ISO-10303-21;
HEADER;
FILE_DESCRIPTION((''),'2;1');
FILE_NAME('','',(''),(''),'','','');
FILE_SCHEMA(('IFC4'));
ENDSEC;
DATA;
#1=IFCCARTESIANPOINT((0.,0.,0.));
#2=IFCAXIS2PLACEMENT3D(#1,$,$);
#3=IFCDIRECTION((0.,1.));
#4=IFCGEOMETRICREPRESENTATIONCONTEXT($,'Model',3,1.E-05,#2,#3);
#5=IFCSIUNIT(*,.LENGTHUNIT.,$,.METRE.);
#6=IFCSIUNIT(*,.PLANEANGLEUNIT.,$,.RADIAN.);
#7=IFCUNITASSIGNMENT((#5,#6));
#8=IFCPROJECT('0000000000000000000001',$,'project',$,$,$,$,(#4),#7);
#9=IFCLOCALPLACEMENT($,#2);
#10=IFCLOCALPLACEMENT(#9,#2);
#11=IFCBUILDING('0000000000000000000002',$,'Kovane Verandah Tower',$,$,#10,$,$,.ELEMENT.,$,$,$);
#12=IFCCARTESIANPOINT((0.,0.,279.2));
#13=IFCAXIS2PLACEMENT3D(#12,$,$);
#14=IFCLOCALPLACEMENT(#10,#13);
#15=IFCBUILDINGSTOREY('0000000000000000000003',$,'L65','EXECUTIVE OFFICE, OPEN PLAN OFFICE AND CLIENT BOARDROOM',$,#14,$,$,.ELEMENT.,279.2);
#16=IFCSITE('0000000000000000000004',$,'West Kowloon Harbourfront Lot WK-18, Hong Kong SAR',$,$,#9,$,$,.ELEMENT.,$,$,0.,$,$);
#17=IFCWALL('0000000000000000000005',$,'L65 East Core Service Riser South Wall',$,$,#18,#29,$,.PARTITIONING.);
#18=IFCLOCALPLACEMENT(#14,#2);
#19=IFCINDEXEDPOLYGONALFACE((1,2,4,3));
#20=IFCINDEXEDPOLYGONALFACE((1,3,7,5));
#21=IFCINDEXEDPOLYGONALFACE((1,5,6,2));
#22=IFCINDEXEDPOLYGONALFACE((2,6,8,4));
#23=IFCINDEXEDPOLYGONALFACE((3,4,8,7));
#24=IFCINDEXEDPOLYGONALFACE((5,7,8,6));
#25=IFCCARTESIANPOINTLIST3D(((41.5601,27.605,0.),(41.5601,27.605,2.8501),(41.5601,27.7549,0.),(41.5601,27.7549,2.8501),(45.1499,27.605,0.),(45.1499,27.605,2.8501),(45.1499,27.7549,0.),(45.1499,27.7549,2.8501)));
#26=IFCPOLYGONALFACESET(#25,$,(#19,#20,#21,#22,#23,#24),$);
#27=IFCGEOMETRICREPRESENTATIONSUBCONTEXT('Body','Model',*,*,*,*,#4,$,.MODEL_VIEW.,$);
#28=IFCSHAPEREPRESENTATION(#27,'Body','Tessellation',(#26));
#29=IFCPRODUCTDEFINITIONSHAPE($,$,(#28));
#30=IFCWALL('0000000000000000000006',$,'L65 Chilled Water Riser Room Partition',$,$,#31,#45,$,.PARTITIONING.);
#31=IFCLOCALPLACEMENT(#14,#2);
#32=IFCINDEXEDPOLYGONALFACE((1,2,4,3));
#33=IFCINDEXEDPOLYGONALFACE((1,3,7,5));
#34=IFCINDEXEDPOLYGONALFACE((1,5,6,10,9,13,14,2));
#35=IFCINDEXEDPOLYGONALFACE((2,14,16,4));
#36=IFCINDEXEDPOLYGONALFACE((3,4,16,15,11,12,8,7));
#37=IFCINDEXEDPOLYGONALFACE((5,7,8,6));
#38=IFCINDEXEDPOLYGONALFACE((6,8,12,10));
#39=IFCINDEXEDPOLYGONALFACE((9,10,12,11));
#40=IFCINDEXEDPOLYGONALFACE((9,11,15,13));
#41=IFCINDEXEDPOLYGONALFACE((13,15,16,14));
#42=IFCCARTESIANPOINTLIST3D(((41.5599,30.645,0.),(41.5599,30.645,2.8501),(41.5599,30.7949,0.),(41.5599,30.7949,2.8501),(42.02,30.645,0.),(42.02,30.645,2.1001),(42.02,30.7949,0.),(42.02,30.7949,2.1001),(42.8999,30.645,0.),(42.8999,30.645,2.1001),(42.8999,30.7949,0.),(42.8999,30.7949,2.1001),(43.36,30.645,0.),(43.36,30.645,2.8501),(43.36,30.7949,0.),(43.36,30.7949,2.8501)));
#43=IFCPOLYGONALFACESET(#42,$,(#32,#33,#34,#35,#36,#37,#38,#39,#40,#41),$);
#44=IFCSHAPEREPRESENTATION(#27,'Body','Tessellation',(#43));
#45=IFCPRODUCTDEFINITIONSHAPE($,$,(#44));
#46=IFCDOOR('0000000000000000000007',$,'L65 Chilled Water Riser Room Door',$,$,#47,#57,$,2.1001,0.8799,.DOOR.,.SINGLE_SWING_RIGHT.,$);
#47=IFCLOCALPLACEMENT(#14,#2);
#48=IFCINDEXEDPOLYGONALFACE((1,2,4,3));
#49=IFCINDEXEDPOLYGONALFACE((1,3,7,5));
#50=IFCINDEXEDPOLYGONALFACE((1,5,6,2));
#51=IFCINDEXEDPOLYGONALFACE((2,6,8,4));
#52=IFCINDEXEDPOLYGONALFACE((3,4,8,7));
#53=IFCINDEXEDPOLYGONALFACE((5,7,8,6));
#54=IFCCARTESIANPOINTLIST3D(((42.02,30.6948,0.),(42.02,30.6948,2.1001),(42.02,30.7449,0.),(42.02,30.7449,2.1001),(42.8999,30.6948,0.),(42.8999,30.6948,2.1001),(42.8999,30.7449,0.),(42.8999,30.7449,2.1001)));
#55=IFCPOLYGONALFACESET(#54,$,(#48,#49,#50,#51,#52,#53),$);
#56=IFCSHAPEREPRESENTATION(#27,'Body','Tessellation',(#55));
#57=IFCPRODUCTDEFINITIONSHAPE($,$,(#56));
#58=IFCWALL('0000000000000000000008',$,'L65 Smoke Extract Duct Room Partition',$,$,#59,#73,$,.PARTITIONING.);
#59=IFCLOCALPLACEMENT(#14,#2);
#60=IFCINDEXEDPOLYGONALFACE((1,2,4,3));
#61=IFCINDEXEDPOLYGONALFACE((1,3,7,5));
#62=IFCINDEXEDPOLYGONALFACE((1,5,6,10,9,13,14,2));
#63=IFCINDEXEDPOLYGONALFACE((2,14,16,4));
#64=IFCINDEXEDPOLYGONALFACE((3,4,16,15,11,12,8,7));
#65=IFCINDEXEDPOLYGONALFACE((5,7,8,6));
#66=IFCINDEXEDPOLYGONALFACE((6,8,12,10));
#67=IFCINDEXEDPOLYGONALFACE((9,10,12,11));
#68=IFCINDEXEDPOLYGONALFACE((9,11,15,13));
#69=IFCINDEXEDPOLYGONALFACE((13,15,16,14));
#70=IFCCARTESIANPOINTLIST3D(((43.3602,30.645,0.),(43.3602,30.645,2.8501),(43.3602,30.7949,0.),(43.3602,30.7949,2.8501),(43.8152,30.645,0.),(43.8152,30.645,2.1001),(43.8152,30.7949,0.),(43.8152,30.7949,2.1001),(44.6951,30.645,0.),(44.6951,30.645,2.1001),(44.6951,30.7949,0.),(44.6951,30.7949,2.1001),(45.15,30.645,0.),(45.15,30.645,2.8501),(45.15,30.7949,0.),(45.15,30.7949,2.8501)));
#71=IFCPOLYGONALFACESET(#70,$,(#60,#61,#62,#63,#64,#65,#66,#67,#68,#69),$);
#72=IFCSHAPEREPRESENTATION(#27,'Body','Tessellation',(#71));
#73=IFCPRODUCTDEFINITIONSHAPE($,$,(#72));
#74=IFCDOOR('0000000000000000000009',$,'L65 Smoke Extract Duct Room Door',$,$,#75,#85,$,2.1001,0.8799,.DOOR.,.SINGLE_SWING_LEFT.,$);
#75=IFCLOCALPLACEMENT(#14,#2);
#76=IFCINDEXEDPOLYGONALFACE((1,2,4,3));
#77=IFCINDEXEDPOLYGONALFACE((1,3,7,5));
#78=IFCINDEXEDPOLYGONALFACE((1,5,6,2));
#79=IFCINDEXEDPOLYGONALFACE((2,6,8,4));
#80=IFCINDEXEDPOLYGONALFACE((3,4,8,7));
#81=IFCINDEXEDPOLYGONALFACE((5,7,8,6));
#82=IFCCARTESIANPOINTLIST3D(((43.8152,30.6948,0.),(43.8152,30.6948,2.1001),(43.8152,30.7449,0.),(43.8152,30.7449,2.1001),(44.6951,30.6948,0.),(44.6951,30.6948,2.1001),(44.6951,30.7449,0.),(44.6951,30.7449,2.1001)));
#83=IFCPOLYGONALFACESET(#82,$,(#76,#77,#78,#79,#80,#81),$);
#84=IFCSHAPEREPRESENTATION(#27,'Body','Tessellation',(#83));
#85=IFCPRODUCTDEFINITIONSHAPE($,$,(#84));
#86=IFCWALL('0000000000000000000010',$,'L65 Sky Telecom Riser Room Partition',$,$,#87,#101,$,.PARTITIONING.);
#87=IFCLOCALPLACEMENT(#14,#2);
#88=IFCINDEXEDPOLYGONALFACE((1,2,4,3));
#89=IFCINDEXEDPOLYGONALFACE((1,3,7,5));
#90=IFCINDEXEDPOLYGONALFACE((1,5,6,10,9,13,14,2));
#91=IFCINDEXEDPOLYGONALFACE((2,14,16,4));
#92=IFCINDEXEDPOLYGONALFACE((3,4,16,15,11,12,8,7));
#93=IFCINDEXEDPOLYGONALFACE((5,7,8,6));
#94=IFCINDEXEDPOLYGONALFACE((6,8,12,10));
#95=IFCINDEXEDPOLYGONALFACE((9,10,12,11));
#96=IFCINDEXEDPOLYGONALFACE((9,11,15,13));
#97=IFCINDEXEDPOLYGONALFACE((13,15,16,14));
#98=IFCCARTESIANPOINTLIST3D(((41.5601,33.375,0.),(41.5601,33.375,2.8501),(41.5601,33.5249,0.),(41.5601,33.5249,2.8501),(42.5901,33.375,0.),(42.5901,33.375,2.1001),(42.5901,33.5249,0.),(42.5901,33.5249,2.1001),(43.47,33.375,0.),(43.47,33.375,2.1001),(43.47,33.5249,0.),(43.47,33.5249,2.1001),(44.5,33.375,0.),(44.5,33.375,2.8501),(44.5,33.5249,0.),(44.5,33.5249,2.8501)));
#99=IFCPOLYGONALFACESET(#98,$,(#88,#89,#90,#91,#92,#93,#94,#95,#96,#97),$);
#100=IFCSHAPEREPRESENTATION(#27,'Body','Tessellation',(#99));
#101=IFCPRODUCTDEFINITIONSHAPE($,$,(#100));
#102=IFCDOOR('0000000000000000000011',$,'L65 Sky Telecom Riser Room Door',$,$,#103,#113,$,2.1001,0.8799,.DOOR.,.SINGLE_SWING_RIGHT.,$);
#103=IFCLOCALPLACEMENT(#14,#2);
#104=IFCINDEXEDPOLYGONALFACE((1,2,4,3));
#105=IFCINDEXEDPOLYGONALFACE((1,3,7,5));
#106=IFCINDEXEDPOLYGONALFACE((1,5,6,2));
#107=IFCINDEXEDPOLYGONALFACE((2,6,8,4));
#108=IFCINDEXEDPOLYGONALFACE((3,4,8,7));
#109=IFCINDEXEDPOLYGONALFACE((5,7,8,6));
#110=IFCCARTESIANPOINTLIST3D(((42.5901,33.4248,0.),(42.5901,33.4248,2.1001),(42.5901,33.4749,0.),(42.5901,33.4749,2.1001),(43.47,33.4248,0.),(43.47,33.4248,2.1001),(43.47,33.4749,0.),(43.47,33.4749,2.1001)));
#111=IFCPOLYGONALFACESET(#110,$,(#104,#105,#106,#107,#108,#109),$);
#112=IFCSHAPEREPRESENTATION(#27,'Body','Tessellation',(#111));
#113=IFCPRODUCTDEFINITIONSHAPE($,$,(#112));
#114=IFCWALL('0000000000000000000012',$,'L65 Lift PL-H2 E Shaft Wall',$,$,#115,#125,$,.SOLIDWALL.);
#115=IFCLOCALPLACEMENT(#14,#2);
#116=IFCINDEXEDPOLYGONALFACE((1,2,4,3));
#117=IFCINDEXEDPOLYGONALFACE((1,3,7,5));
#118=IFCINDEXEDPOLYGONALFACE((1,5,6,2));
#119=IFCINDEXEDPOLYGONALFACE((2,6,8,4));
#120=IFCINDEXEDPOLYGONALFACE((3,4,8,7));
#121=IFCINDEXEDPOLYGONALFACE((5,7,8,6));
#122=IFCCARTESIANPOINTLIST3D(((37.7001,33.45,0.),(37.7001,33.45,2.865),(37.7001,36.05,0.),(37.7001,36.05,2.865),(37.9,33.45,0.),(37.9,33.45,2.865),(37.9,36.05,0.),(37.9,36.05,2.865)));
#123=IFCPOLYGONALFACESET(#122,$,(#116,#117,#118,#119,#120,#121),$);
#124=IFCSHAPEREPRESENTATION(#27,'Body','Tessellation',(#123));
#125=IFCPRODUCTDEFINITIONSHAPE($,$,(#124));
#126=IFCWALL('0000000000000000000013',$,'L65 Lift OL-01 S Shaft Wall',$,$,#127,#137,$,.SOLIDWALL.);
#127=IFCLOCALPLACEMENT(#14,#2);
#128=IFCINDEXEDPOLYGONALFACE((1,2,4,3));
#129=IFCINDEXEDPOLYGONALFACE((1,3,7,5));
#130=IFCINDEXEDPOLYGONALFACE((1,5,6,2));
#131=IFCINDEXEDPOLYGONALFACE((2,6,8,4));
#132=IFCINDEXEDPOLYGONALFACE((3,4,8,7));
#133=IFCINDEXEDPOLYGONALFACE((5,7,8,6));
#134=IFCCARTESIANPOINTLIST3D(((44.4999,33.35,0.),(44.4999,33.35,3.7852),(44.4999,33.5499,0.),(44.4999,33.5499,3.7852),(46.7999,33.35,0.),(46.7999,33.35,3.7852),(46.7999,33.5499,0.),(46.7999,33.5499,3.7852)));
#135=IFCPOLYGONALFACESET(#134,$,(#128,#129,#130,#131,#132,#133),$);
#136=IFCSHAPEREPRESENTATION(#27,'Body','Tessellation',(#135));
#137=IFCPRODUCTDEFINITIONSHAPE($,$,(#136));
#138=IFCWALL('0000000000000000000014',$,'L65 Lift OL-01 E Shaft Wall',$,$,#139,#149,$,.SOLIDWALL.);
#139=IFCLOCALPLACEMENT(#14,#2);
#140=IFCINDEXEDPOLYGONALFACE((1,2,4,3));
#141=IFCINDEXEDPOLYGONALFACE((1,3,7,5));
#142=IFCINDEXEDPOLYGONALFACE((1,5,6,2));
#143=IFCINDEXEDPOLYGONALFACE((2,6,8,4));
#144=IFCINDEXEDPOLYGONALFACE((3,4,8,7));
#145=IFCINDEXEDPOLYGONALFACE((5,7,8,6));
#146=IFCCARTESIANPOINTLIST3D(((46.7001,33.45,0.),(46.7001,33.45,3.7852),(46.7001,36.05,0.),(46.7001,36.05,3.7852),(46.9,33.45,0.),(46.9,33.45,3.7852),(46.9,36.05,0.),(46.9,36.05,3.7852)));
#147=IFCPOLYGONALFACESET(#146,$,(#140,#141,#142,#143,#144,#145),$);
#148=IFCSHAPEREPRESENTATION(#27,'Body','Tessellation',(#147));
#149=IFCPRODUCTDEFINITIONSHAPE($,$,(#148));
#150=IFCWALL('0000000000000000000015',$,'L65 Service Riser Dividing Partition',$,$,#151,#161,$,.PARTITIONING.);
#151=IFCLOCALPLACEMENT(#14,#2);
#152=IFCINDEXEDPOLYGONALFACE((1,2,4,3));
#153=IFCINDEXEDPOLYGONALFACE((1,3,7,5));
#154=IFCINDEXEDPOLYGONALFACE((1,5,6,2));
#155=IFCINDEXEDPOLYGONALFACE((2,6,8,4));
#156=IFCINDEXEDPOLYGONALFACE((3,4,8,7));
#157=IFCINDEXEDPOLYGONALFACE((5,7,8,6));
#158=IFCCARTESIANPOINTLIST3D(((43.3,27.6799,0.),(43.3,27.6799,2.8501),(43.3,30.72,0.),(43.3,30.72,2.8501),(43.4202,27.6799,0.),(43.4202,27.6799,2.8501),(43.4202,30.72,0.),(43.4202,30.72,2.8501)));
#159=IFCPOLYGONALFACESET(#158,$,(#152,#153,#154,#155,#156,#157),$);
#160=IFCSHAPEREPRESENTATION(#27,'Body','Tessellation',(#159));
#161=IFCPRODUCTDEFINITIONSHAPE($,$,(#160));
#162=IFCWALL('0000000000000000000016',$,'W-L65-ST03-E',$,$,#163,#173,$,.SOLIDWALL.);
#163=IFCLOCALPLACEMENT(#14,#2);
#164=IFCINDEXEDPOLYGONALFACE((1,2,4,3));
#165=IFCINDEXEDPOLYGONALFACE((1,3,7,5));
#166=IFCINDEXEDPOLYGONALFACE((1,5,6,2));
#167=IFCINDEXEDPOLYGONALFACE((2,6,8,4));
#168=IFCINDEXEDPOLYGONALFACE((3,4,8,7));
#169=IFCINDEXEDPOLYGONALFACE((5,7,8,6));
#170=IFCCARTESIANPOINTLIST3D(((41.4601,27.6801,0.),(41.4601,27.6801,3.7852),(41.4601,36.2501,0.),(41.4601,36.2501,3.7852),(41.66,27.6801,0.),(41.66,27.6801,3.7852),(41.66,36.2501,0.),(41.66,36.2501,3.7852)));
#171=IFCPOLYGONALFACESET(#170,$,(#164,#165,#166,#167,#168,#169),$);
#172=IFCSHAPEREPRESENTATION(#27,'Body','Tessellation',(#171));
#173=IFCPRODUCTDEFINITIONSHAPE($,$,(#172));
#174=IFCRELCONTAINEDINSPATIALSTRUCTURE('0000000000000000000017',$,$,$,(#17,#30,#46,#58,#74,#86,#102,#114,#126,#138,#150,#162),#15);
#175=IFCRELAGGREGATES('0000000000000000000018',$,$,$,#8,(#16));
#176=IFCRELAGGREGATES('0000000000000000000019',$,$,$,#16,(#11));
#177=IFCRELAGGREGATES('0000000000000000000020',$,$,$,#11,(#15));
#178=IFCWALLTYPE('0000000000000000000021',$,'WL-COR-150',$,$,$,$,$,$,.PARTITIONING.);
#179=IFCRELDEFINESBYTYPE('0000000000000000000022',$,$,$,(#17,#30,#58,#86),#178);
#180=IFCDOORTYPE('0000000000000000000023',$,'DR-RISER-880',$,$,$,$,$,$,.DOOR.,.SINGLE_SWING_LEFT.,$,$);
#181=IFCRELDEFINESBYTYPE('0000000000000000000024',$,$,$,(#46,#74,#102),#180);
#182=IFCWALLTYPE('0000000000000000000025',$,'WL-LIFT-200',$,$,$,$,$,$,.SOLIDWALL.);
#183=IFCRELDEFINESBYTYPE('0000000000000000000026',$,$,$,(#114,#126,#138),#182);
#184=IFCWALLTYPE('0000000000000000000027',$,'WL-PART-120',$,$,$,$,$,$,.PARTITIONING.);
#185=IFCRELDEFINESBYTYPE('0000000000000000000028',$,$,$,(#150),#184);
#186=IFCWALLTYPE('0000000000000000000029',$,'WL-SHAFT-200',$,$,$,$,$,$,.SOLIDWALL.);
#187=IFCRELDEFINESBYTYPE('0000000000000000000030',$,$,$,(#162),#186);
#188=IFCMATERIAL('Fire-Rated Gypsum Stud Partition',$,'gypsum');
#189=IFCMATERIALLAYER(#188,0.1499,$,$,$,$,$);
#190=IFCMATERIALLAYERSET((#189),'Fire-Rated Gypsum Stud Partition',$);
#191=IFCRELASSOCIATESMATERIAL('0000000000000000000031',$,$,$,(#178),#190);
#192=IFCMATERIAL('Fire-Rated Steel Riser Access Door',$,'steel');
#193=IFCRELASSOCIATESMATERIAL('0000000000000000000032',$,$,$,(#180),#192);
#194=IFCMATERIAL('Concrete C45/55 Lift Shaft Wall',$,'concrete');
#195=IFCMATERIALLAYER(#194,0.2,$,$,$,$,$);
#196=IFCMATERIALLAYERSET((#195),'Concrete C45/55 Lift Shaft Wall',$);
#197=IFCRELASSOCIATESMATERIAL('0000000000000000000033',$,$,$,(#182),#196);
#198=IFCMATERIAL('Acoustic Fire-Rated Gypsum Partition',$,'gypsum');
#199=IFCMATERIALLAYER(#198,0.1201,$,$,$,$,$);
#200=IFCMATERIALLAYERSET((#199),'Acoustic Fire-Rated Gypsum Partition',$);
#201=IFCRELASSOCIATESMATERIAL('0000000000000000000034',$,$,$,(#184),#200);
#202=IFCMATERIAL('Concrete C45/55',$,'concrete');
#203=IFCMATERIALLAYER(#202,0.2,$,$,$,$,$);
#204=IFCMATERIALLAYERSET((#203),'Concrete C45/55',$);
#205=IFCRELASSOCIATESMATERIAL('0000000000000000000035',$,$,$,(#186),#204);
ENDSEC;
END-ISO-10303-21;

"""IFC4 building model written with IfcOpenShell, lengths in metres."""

from ifc_helpers import new_model, si_unit, direction, frame, frame_2d, origin, place, context, subcontext, project, spatial, rectangle, extrude, material, layer, layer_set, type_object, element, fill, save


model = new_model("IFC4")

# Units and contexts
model_context = context("Model", 3, precision=1e-05, world=origin(), true_north=direction((0.0, 1.0)))
body_context = subcontext(model_context, "Body", "Model", "MODEL_VIEW")
ifc_project = project(units=[si_unit("LENGTHUNIT", "METRE"), si_unit("PLANEANGLEUNIT", "RADIAN")], contexts=[model_context])

# Site, building, storey
site_placement = place(None, origin())
site = spatial("IfcSite", under=ifc_project, at=site_placement, Name="West Kowloon Harbourfront Lot WK-18, Hong Kong SAR", CompositionType="ELEMENT", RefElevation=0.0)
building_placement = place(site_placement, origin())
building = spatial("IfcBuilding", under=site, at=building_placement, Name="Kovane Verandah Tower", CompositionType="ELEMENT")
storey_placement = place(building_placement, frame((0.0, 0.0, 279.2)))
storey = spatial("IfcBuildingStorey", under=building, at=storey_placement, Name="L65", Description="EXECUTIVE OFFICE, OPEN PLAN OFFICE AND CLIENT BOARDROOM", CompositionType="ELEMENT", Elevation=279.2)

# Wall
ifc_material_1 = material(Name="Fire-Rated Gypsum Stud Partition", Category="gypsum")
ifc_layer_1 = layer(ifc_material_1, 0.1499)
ifc_layer_set_1 = layer_set([ifc_layer_1], Name="Fire-Rated Gypsum Stud Partition")
wall_type_1 = type_object("IfcWallType", Name="WL-COR-150", PredefinedType="PARTITIONING", material=ifc_layer_set_1)
wall_1_placement = place(storey_placement, frame((41.5601, 27.6799, 0.0), z_axis=(0.0, 0.0, 1.0), x_axis=(1.0, 0.0, 0.0)))
element("IfcWall", 1, at=wall_1_placement, inside=storey, type_object=wall_type_1, Name="L65 East Core Service Riser South Wall", PredefinedType="PARTITIONING", context=body_context, shape_type="SweptSolid", body=[
    extrude(rectangle(XDim=3.5898, YDim=0.1499, at=frame_2d((1.7949, 0.0))), origin(), (0.0, 0.0, 1.0), 2.8501),
])

# Walls, openings, doors
wall_2_placement = place(storey_placement, frame((41.5601, 30.72, 0.0), z_axis=(0.0, 0.0, 1.0), x_axis=(1.0, 0.0, 0.0)))
wall_2 = element("IfcWall", 2, at=wall_2_placement, inside=storey, type_object=wall_type_1, Name="L65 Chilled Water Riser Room Partition", PredefinedType="PARTITIONING", context=body_context, shape_type="SweptSolid", body=[
    extrude(rectangle(XDim=1.8, YDim=0.1499, at=frame_2d((0.8999, 0.0))), origin(), (0.0, 0.0, 1.0), 2.8501),
])
opening_1_placement = place(wall_2_placement, frame((0.46, 0.0, 0.0)))
opening_1 = element("IfcOpeningElement", 3, at=opening_1_placement, cuts=wall_2, PredefinedType="OPENING", context=body_context, shape_type="SweptSolid", body=[
    extrude(rectangle(XDim=0.8799, YDim=2.1001, at=frame_2d((0.4399, 1.05))), frame((0.0, 0.075, 0.0), z_axis=(0.0, -1.0, 0.0), x_axis=(1.0, 0.0, 0.0)), (0.0, 0.0, 1.0), 0.1499),
])
ifc_material_2 = material(Name="Fire-Rated Steel Riser Access Door", Category="steel")
door_type = type_object("IfcDoorType", Name="DR-RISER-880", OperationType="SINGLE_SWING_LEFT", PredefinedType="DOOR", material=ifc_material_2)
door_1_placement = place(opening_1_placement, origin())
door_1 = element("IfcDoor", 4, at=door_1_placement, inside=storey, type_object=door_type, Name="L65 Chilled Water Riser Room Door", OperationType="SINGLE_SWING_RIGHT", OverallHeight=2.1001, OverallWidth=0.8799, PredefinedType="DOOR", context=body_context, shape_type="SweptSolid", body=[
    extrude(rectangle(XDim=0.8799, YDim=2.1001, at=frame_2d((0.4399, 1.05))), frame((0.0, 0.0249, 0.0), z_axis=(0.0, -1.0, 0.0), x_axis=(1.0, 0.0, 0.0)), (0.0, 0.0, 1.0), 0.05),
])
fill(opening_1, door_1)
wall_3_placement = place(storey_placement, frame((43.3601, 30.72, 0.0), z_axis=(0.0, 0.0, 1.0), x_axis=(1.0, 0.0, 0.0)))
wall_3 = element("IfcWall", 5, at=wall_3_placement, inside=storey, type_object=wall_type_1, Name="L65 Smoke Extract Duct Room Partition", PredefinedType="PARTITIONING", context=body_context, shape_type="SweptSolid", body=[
    extrude(rectangle(XDim=1.7898, YDim=0.1499, at=frame_2d((0.895, 0.0))), origin(), (0.0, 0.0, 1.0), 2.8501),
])
opening_2_placement = place(wall_3_placement, frame((0.4551, 0.0, 0.0)))
opening_2 = element("IfcOpeningElement", 6, at=opening_2_placement, cuts=wall_3, PredefinedType="OPENING", context=body_context, shape_type="SweptSolid", body=[
    extrude(rectangle(XDim=0.8799, YDim=2.1001, at=frame_2d((0.4399, 1.05))), frame((0.0, 0.075, 0.0), z_axis=(0.0, -1.0, 0.0), x_axis=(1.0, 0.0, 0.0)), (0.0, 0.0, 1.0), 0.1499),
])
door_2_placement = place(opening_2_placement, origin())
door_2 = element("IfcDoor", 7, at=door_2_placement, inside=storey, type_object=door_type, Name="L65 Smoke Extract Duct Room Door", OperationType="SINGLE_SWING_LEFT", OverallHeight=2.1001, OverallWidth=0.8799, PredefinedType="DOOR", context=body_context, shape_type="SweptSolid", body=[
    extrude(rectangle(XDim=0.8799, YDim=2.1001, at=frame_2d((0.4399, 1.05))), frame((0.0, 0.0249, 0.0), z_axis=(0.0, -1.0, 0.0), x_axis=(1.0, 0.0, 0.0)), (0.0, 0.0, 1.0), 0.05),
])
fill(opening_2, door_2)
wall_4_placement = place(storey_placement, frame((41.5601, 33.45, 0.0), z_axis=(0.0, 0.0, 1.0), x_axis=(1.0, 0.0, 0.0)))
wall_4 = element("IfcWall", 8, at=wall_4_placement, inside=storey, type_object=wall_type_1, Name="L65 Sky Telecom Riser Room Partition", PredefinedType="PARTITIONING", context=body_context, shape_type="SweptSolid", body=[
    extrude(rectangle(XDim=2.9399, YDim=0.1499, at=frame_2d((1.47, 0.0))), origin(), (0.0, 0.0, 1.0), 2.8501),
])
opening_3_placement = place(wall_4_placement, frame((1.03, 0.0, 0.0)))
opening_3 = element("IfcOpeningElement", 9, at=opening_3_placement, cuts=wall_4, PredefinedType="OPENING", context=body_context, shape_type="SweptSolid", body=[
    extrude(rectangle(XDim=0.8799, YDim=2.1001, at=frame_2d((0.4399, 1.05))), frame((0.0, 0.075, 0.0), z_axis=(0.0, -1.0, 0.0), x_axis=(1.0, 0.0, 0.0)), (0.0, 0.0, 1.0), 0.1499),
])
door_3_placement = place(opening_3_placement, origin())
door_3 = element("IfcDoor", 10, at=door_3_placement, inside=storey, type_object=door_type, Name="L65 Sky Telecom Riser Room Door", OperationType="SINGLE_SWING_RIGHT", OverallHeight=2.1001, OverallWidth=0.8799, PredefinedType="DOOR", context=body_context, shape_type="SweptSolid", body=[
    extrude(rectangle(XDim=0.8799, YDim=2.1001, at=frame_2d((0.4399, 1.05))), frame((0.0, 0.0249, 0.0), z_axis=(0.0, -1.0, 0.0), x_axis=(1.0, 0.0, 0.0)), (0.0, 0.0, 1.0), 0.05),
])
fill(opening_3, door_3)

# Walls
ifc_material_3 = material(Name="Concrete C45/55 Lift Shaft Wall", Category="concrete")
ifc_layer_2 = layer(ifc_material_3, 0.2)
ifc_layer_set_2 = layer_set([ifc_layer_2], Name="Concrete C45/55 Lift Shaft Wall")
wall_type_2 = type_object("IfcWallType", Name="WL-LIFT-200", PredefinedType="SOLIDWALL", material=ifc_layer_set_2)
wall_5_placement = place(storey_placement, frame((37.8, 33.45, 0.0), z_axis=(0.0, 0.0, 1.0), x_axis=(0.0, 1.0, 0.0)))
element("IfcWall", 11, at=wall_5_placement, inside=storey, type_object=wall_type_2, Name="L65 Lift PL-H2 E Shaft Wall", PredefinedType="SOLIDWALL", context=body_context, shape_type="SweptSolid", body=[
    extrude(rectangle(XDim=2.6001, YDim=0.2, at=frame_2d((1.3, 0.0))), origin(), (0.0, 0.0, 1.0), 2.865),
])
wall_6_placement = place(storey_placement, frame((44.5, 33.45, 0.0), z_axis=(0.0, 0.0, 1.0), x_axis=(1.0, 0.0, 0.0)))
element("IfcWall", 12, at=wall_6_placement, inside=storey, type_object=wall_type_2, Name="L65 Lift OL-01 S Shaft Wall", PredefinedType="SOLIDWALL", context=body_context, shape_type="SweptSolid", body=[
    extrude(rectangle(XDim=2.3, YDim=0.2, at=frame_2d((1.1499, 0.0))), origin(), (0.0, 0.0, 1.0), 3.7852),
])
wall_7_placement = place(storey_placement, frame((46.8, 33.45, 0.0), z_axis=(0.0, 0.0, 1.0), x_axis=(0.0, 1.0, 0.0)))
element("IfcWall", 13, at=wall_7_placement, inside=storey, type_object=wall_type_2, Name="L65 Lift OL-01 E Shaft Wall", PredefinedType="SOLIDWALL", context=body_context, shape_type="SweptSolid", body=[
    extrude(rectangle(XDim=2.6001, YDim=0.2, at=frame_2d((1.3, 0.0))), origin(), (0.0, 0.0, 1.0), 3.7852),
])
ifc_material_4 = material(Name="Acoustic Fire-Rated Gypsum Partition", Category="gypsum")
ifc_layer_3 = layer(ifc_material_4, 0.1201)
ifc_layer_set_3 = layer_set([ifc_layer_3], Name="Acoustic Fire-Rated Gypsum Partition")
wall_type_3 = type_object("IfcWallType", Name="WL-PART-120", PredefinedType="PARTITIONING", material=ifc_layer_set_3)
wall_8_placement = place(storey_placement, frame((43.3601, 27.6799, 0.0), z_axis=(0.0, 0.0, 1.0), x_axis=(0.0, 1.0, 0.0)))
element("IfcWall", 14, at=wall_8_placement, inside=storey, type_object=wall_type_3, Name="L65 Service Riser Dividing Partition", PredefinedType="PARTITIONING", context=body_context, shape_type="SweptSolid", body=[
    extrude(rectangle(XDim=3.04, YDim=0.1201, at=frame_2d((1.52, 0.0))), origin(), (0.0, 0.0, 1.0), 2.8501),
])
ifc_material_5 = material(Name="Concrete C45/55", Category="concrete")
ifc_layer_4 = layer(ifc_material_5, 0.2)
ifc_layer_set_4 = layer_set([ifc_layer_4], Name="Concrete C45/55")
wall_type_4 = type_object("IfcWallType", Name="WL-SHAFT-200", PredefinedType="SOLIDWALL", material=ifc_layer_set_4)
wall_9_placement = place(storey_placement, frame((41.5601, 27.6799, 0.0), z_axis=(0.0, 0.0, 1.0), x_axis=(0.0, 1.0, 0.0)))
element("IfcWall", 15, at=wall_9_placement, inside=storey, type_object=wall_type_4, Name="W-L65-ST03-E", PredefinedType="SOLIDWALL", context=body_context, shape_type="SweptSolid", body=[
    extrude(rectangle(XDim=8.5701, YDim=0.2, at=frame_2d((4.2852, 0.0))), origin(), (0.0, 0.0, 1.0), 3.7852),
])

save(model, "model.ifc")
